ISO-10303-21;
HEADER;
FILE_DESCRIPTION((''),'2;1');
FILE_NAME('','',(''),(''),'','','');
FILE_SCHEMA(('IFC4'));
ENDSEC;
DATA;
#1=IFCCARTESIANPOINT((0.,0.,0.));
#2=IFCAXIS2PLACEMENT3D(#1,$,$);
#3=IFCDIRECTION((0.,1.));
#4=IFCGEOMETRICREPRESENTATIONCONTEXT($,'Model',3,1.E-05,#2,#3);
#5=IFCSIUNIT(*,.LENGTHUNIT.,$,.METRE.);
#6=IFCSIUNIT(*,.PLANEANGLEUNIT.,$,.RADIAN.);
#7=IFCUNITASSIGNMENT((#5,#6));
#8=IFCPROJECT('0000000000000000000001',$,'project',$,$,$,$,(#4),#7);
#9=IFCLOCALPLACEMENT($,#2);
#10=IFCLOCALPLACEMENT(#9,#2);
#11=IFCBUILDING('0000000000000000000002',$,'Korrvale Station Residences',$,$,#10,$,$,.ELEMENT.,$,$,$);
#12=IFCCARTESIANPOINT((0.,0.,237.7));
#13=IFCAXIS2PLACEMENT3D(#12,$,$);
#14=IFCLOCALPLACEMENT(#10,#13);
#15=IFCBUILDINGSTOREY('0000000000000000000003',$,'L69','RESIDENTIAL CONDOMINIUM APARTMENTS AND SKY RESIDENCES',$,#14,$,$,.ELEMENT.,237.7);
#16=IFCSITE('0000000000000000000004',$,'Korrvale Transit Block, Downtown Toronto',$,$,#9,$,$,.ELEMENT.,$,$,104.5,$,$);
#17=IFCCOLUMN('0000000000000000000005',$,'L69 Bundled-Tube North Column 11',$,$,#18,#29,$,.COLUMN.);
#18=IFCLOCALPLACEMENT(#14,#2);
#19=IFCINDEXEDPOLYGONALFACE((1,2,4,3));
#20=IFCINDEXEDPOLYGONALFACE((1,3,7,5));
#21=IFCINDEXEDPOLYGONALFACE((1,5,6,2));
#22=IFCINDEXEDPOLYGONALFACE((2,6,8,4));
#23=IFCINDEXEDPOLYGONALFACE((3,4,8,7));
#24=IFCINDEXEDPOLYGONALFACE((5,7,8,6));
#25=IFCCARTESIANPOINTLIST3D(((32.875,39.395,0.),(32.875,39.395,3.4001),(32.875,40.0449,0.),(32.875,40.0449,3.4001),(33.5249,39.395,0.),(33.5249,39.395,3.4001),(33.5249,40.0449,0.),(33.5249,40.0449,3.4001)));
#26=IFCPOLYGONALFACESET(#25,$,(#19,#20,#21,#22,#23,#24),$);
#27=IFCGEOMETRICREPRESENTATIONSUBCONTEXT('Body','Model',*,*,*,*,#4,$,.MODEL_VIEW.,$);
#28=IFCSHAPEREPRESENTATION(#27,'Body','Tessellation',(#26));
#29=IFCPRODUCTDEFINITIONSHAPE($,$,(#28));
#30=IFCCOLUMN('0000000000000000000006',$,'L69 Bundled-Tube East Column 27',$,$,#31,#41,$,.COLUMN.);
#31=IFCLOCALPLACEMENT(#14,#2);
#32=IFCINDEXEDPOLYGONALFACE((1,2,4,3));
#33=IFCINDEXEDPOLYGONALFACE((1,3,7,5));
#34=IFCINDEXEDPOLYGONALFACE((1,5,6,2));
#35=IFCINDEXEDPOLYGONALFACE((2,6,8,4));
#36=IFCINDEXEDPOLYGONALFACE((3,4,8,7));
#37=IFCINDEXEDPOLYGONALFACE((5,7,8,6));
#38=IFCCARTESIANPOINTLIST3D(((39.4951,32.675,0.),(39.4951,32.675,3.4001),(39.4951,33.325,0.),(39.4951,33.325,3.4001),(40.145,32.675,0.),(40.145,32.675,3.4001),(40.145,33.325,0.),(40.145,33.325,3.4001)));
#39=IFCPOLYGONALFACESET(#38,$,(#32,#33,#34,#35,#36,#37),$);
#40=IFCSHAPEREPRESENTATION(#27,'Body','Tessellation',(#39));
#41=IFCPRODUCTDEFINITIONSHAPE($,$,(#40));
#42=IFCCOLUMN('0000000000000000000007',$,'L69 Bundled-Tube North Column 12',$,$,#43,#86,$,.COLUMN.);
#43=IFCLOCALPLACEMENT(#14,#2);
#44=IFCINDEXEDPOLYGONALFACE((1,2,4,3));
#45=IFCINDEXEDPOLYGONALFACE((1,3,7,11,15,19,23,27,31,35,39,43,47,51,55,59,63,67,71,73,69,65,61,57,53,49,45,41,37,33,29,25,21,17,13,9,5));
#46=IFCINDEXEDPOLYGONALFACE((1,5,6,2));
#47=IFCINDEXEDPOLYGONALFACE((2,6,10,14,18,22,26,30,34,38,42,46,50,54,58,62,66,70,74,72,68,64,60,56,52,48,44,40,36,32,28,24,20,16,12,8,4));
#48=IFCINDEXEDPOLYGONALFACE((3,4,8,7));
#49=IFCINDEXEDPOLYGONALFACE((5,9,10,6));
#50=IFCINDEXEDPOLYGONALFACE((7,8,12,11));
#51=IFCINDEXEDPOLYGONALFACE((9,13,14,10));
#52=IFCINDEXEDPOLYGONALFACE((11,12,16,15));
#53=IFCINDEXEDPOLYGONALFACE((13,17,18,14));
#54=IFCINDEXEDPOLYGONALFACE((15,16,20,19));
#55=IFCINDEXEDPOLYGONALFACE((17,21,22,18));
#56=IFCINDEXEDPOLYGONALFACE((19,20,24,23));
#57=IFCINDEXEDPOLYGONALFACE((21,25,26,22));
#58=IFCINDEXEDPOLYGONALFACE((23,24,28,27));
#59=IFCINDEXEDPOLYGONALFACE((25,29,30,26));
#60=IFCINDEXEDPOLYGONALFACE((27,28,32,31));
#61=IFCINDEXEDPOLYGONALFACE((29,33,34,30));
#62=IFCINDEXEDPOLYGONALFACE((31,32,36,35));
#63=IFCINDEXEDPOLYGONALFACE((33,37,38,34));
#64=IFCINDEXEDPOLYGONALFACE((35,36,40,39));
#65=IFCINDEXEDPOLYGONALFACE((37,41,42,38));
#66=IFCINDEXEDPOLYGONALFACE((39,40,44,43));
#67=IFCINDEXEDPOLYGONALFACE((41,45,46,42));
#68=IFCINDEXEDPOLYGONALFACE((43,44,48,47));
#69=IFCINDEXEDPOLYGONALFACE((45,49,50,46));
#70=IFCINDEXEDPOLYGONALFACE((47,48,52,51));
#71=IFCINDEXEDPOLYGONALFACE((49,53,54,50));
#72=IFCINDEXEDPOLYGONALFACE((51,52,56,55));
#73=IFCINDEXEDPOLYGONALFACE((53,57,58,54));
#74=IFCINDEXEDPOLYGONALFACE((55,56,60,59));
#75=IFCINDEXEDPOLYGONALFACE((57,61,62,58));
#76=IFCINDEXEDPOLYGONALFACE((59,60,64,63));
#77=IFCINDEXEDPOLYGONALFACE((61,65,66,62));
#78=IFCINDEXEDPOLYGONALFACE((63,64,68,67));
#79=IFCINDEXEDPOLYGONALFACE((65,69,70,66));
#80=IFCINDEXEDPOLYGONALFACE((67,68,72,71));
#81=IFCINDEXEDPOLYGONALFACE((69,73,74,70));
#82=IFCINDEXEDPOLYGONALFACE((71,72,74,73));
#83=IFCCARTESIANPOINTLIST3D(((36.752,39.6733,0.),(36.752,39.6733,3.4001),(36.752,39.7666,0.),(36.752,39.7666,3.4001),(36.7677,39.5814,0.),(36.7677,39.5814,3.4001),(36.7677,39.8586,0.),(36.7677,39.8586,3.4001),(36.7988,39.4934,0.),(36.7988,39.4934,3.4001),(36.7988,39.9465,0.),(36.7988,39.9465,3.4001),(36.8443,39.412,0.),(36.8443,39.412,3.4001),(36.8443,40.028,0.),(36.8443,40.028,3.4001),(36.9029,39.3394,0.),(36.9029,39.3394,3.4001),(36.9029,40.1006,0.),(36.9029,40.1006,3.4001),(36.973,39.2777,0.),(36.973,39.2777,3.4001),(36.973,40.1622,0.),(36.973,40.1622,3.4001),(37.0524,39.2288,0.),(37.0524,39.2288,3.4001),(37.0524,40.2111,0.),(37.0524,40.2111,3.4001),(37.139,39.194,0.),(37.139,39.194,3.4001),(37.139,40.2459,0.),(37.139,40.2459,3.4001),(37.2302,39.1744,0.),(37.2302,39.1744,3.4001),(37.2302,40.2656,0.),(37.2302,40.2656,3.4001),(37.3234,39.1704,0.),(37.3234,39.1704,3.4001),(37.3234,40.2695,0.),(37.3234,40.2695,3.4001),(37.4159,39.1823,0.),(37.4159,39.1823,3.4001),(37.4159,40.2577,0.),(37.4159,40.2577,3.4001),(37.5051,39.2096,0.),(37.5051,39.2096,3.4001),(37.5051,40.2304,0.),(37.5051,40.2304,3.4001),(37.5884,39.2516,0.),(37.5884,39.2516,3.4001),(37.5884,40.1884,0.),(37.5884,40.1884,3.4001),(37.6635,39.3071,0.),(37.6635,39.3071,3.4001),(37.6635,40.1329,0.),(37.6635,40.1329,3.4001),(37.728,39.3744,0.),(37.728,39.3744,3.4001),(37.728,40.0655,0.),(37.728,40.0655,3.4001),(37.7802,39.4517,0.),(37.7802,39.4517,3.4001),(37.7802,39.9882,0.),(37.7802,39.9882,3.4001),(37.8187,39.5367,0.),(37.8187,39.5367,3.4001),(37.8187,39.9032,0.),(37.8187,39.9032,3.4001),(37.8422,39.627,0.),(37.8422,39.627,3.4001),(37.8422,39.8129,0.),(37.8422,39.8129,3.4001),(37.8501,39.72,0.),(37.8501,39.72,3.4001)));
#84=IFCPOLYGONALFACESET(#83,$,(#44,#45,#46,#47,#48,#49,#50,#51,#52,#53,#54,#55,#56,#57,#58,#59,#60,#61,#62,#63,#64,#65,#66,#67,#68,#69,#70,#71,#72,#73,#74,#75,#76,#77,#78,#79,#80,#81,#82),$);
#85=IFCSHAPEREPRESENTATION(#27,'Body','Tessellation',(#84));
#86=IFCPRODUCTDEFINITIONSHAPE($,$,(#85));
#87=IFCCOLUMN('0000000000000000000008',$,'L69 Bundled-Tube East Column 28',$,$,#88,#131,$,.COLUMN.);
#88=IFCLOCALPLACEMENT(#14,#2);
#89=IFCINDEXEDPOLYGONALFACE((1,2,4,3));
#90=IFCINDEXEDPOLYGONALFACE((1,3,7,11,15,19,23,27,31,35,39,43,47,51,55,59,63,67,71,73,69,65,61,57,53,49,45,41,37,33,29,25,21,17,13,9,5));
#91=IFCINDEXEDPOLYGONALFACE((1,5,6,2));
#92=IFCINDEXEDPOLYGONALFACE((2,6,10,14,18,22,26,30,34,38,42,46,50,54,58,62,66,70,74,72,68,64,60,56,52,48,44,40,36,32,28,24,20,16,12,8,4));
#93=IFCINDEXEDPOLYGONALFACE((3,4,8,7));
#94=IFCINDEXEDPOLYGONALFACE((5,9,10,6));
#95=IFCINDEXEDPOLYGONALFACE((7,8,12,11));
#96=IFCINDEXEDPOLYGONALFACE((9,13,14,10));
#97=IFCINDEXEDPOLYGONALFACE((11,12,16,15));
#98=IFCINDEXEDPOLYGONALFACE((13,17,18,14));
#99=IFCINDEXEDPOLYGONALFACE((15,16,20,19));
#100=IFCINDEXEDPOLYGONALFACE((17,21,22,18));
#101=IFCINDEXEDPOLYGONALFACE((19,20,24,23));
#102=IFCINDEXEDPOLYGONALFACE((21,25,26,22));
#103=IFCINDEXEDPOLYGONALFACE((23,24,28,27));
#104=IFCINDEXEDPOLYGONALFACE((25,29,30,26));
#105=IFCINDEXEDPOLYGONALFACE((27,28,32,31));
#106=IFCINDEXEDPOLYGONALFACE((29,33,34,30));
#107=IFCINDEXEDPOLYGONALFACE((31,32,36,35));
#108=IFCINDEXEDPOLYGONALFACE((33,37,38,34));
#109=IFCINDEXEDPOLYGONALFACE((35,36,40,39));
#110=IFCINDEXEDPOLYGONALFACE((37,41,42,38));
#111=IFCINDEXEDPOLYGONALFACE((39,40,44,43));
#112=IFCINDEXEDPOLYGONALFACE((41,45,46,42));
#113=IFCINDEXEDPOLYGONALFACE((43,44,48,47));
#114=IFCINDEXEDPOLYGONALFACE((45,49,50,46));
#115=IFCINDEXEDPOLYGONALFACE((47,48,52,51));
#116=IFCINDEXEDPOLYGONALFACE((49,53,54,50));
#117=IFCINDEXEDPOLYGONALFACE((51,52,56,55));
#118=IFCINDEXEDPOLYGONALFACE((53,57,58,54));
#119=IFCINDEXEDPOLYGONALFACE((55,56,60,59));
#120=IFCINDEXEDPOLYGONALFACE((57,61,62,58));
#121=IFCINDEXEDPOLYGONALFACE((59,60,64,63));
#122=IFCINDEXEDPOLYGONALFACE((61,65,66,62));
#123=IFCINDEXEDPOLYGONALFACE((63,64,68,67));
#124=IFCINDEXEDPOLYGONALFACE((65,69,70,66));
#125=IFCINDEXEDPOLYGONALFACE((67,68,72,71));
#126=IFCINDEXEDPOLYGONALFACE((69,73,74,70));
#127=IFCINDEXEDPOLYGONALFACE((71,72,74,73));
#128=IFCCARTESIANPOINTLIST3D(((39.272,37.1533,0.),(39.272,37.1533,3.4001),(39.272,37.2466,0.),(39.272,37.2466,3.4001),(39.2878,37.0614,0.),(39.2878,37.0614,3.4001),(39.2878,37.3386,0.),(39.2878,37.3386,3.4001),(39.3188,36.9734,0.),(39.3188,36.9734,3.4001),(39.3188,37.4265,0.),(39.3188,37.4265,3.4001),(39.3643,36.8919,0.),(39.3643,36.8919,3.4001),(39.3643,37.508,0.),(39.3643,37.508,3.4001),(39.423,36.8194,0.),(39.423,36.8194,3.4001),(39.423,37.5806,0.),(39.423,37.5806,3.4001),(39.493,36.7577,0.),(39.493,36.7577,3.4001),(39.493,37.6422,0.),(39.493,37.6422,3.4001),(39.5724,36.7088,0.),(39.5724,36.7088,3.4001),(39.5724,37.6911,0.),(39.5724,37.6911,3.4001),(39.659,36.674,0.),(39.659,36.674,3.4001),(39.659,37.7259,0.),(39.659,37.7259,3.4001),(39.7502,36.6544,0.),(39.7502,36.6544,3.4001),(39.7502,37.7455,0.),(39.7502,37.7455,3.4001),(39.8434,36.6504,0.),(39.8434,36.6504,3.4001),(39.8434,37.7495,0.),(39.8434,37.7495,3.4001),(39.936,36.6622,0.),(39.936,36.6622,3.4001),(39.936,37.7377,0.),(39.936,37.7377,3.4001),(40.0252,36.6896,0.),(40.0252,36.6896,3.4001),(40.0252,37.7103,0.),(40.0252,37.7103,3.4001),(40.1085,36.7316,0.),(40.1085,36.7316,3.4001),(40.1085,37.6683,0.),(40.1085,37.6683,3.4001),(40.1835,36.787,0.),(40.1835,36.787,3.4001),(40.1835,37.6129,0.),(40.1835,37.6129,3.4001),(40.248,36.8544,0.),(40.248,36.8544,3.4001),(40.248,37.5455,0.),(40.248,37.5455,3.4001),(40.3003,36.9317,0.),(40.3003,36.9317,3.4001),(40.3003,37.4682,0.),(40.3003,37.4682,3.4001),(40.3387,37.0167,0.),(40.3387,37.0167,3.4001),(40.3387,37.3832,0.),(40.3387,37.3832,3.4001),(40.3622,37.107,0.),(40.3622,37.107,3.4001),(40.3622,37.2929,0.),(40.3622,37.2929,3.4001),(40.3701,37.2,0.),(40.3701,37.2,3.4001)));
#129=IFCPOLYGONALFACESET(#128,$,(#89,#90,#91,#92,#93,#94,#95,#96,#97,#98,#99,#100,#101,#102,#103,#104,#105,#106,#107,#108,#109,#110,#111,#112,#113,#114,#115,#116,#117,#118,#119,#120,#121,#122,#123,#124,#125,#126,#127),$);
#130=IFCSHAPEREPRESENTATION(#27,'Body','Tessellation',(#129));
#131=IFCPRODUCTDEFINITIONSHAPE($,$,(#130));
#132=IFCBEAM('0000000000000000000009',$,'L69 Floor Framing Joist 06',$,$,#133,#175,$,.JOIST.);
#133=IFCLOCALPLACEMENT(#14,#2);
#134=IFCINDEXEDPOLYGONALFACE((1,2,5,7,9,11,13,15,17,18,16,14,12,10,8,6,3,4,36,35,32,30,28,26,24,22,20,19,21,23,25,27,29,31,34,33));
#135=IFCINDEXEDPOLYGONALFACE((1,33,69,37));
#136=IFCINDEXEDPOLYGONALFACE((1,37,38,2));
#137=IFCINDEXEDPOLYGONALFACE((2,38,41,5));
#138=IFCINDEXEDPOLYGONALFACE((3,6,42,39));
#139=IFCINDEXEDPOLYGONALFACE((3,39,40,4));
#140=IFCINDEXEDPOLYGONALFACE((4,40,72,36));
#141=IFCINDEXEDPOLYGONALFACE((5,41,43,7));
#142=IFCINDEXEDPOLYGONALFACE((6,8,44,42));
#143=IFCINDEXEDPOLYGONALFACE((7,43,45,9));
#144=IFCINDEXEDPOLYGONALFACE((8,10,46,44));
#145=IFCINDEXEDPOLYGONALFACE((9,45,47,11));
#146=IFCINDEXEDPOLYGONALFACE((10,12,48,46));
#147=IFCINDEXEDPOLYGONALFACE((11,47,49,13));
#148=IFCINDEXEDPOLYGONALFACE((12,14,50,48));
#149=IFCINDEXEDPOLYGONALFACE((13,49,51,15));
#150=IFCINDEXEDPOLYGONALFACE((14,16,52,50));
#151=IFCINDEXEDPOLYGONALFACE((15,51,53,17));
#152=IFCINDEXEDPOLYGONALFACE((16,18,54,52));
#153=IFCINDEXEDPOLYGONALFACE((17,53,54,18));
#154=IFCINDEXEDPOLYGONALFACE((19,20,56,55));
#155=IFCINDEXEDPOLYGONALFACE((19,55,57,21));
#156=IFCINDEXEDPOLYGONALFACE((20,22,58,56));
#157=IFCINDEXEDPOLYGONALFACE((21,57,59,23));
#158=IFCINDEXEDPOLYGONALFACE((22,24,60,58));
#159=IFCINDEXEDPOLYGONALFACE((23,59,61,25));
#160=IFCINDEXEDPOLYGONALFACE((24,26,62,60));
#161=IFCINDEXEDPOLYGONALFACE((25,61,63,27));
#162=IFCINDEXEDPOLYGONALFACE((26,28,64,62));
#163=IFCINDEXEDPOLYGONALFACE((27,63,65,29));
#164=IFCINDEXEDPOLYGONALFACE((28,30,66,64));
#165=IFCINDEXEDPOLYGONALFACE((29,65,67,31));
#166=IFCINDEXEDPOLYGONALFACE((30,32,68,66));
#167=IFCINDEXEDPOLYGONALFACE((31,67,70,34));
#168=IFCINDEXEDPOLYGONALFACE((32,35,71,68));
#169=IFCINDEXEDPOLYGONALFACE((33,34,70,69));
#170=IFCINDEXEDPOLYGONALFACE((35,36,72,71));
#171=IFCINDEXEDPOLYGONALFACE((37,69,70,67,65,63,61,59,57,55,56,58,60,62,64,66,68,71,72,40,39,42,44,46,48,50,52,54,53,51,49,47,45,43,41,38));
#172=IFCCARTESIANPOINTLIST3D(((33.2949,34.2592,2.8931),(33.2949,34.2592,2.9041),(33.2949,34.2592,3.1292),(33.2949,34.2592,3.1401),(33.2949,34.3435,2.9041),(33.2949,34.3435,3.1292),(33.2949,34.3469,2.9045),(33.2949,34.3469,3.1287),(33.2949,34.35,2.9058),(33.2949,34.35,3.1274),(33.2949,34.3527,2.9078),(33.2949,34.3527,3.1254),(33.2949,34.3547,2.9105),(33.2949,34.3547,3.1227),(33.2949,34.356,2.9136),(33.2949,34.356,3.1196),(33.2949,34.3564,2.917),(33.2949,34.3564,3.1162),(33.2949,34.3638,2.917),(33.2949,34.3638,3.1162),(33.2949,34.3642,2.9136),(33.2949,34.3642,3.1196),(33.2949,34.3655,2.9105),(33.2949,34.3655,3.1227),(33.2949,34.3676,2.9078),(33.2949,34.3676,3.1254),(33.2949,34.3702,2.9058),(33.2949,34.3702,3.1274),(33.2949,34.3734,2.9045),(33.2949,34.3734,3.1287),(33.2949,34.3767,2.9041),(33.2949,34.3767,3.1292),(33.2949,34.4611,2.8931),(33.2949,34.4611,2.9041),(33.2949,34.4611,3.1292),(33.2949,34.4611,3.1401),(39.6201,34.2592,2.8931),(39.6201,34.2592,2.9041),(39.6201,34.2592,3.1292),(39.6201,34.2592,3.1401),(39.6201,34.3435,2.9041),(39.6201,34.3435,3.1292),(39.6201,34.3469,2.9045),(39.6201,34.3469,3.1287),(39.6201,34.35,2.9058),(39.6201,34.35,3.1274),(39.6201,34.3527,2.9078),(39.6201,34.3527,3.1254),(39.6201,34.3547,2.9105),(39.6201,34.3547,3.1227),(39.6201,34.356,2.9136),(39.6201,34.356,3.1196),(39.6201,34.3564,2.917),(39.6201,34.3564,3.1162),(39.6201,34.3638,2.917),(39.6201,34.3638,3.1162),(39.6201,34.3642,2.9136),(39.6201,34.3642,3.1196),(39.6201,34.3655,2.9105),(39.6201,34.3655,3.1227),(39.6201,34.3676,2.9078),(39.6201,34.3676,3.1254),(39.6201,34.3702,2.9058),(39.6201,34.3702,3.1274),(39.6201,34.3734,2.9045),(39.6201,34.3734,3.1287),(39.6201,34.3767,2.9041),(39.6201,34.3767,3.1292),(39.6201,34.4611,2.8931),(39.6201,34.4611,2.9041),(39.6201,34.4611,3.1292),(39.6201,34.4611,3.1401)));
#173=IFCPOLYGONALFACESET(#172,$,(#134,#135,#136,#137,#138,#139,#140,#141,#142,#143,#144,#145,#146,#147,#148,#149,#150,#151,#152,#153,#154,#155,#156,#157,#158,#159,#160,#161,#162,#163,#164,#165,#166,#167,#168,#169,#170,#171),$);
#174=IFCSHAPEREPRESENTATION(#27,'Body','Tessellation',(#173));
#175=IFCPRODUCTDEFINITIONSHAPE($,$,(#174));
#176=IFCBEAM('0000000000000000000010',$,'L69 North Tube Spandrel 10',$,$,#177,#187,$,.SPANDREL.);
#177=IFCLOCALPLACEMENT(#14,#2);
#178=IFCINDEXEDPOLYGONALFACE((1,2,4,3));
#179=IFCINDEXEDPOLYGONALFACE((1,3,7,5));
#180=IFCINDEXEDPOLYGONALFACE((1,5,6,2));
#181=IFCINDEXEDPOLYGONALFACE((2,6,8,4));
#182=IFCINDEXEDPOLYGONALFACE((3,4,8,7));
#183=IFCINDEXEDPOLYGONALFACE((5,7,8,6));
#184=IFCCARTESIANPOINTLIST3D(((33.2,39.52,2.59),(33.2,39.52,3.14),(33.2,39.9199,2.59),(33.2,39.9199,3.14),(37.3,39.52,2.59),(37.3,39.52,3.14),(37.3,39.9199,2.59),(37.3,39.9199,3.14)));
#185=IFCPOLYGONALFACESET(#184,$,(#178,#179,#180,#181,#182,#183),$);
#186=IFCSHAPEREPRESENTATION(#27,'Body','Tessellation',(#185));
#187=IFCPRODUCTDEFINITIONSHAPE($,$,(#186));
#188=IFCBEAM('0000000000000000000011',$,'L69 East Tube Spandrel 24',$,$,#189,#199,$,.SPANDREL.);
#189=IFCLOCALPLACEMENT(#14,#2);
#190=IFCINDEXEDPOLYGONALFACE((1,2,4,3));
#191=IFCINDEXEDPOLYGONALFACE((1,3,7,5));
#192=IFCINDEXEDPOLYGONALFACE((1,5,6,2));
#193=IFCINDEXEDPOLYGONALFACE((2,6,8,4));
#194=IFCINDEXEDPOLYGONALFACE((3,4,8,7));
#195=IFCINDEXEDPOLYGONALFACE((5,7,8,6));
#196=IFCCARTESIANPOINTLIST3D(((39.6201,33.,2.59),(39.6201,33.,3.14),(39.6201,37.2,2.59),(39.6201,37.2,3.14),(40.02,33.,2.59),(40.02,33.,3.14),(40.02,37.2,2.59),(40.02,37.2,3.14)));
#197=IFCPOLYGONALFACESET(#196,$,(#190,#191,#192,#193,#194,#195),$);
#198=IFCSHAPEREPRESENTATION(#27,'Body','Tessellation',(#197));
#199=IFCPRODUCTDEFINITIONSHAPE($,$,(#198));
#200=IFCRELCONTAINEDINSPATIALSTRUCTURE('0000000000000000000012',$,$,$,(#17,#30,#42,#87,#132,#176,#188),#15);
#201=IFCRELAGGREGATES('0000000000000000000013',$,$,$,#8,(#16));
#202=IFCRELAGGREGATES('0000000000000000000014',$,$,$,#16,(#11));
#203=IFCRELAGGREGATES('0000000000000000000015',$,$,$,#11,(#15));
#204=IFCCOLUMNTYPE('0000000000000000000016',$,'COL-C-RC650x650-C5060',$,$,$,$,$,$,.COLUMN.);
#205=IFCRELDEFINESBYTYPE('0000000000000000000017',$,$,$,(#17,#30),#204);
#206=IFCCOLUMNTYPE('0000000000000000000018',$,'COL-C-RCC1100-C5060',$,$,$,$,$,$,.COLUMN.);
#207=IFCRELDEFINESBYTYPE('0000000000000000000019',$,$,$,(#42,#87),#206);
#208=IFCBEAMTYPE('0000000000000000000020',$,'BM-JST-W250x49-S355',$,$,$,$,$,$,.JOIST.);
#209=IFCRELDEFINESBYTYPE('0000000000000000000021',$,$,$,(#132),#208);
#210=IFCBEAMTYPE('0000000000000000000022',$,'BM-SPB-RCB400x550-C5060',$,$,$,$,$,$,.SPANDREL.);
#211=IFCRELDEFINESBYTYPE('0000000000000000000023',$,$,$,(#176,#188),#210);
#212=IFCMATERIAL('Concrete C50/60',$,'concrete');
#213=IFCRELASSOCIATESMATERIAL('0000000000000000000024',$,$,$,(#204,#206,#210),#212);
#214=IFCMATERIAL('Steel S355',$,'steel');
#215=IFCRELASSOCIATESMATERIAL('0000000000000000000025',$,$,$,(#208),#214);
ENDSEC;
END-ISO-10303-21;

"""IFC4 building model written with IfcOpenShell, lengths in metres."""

from ifc_helpers import new_model, si_unit, direction, frame, origin, origin_2d, place, context, subcontext, project, spatial, rectangle, circle, i_section, extrude, material, material_profile, profile_set, type_object, element, save


model = new_model("IFC4")

# Units and contexts
model_context = context("Model", 3, precision=1e-05, world=origin(), true_north=direction((0.0, 1.0)))
body_context = subcontext(model_context, "Body", "Model", "MODEL_VIEW")
ifc_project = project(units=[si_unit("LENGTHUNIT", "METRE"), si_unit("PLANEANGLEUNIT", "RADIAN")], contexts=[model_context])

# Site, building, storey
site_placement = place(None, origin())
site = spatial("IfcSite", under=ifc_project, at=site_placement, Name="Korrvale Transit Block, Downtown Toronto", CompositionType="ELEMENT", RefElevation=104.5)
building_placement = place(site_placement, origin())
building = spatial("IfcBuilding", under=site, at=building_placement, Name="Korrvale Station Residences", CompositionType="ELEMENT")
storey_placement = place(building_placement, frame((0.0, 0.0, 237.7)))
storey = spatial("IfcBuildingStorey", under=building, at=storey_placement, Name="L69", Description="RESIDENTIAL CONDOMINIUM APARTMENTS AND SKY RESIDENCES", CompositionType="ELEMENT", Elevation=237.7)

# Columns
ifc_material_1 = material(Name="Concrete C50/60", Category="concrete")
ifc_material_profile_1 = material_profile(ifc_material_1, rectangle(XDim=0.6499, YDim=0.6499, at=origin_2d()), Name="RC650x650")
ifc_profile_set_1 = profile_set([ifc_material_profile_1], Name="Concrete C50/60")
column_type_1 = type_object("IfcColumnType", Name="COL-C-RC650x650-C5060", PredefinedType="COLUMN", material=ifc_profile_set_1)
for number, where, z_axis, x_axis, name in (
    (1, (33.2, 39.72, 0.0), (0.0, 0.0, 1.0), (1.0, 0.0, 0.0), "L69 Bundled-Tube North Column 11"),
    (2, (39.8201, 33.0, 0.0), (0.0, 0.0, 1.0), (1.0, 0.0, 0.0), "L69 Bundled-Tube East Column 27"),
):
    element("IfcColumn", number, at=place(storey_placement, frame(where, z_axis=z_axis, x_axis=x_axis)), inside=storey, type_object=column_type_1, Name=name, PredefinedType="COLUMN", context=body_context, shape_type="SweptSolid", body=[
        extrude(rectangle(XDim=0.6499, YDim=0.6499, at=origin_2d()), origin(), (0.0, 0.0, 1.0), 3.4001),
    ])
ifc_material_profile_2 = material_profile(ifc_material_1, circle(Radius=0.55, at=origin_2d()), Name="RCC1100")
ifc_profile_set_2 = profile_set([ifc_material_profile_2], Name="Concrete C50/60")
column_type_2 = type_object("IfcColumnType", Name="COL-C-RCC1100-C5060", PredefinedType="COLUMN", material=ifc_profile_set_2)
for number, where, z_axis, x_axis, name in (
    (3, (37.3, 39.72, 0.0), (0.0, 0.0, 1.0), (1.0, 0.0, 0.0), "L69 Bundled-Tube North Column 12"),
    (4, (39.8201, 37.2, 0.0), (0.0, 0.0, 1.0), (1.0, 0.0, 0.0), "L69 Bundled-Tube East Column 28"),
):
    element("IfcColumn", number, at=place(storey_placement, frame(where, z_axis=z_axis, x_axis=x_axis)), inside=storey, type_object=column_type_2, Name=name, PredefinedType="COLUMN", context=body_context, shape_type="SweptSolid", body=[
        extrude(circle(Radius=0.55, at=origin_2d()), origin(), (0.0, 0.0, 1.0), 3.4001),
    ])

# Beams
ifc_material_2 = material(Name="Steel S355", Category="steel")
ifc_material_profile_3 = material_profile(ifc_material_2, i_section(OverallWidth=0.2019, OverallDepth=0.2471, WebThickness=0.0073, FlangeThickness=0.011, FilletRadius=0.0129, at=origin_2d()), Name="W250x49")
ifc_profile_set_3 = profile_set([ifc_material_profile_3], Name="Steel S355")
beam_type_1 = type_object("IfcBeamType", Name="BM-JST-W250x49-S355", PredefinedType="JOIST", material=ifc_profile_set_3)
beam_1_placement = place(storey_placement, frame((33.2949, 34.3601, 3.0166), z_axis=(1.0, 0.0, 0.0), x_axis=(0.0, 1.0, 0.0)))
element("IfcBeam", 5, at=beam_1_placement, inside=storey, type_object=beam_type_1, Name="L69 Floor Framing Joist 06", PredefinedType="JOIST", context=body_context, shape_type="SweptSolid", body=[
    extrude(i_section(OverallWidth=0.2019, OverallDepth=0.2471, WebThickness=0.0073, FlangeThickness=0.011, FilletRadius=0.0129, at=origin_2d()), origin(), (0.0, 0.0, 1.0), 6.3252),
])
ifc_material_profile_4 = material_profile(ifc_material_1, rectangle(XDim=0.3999, YDim=0.55, at=origin_2d()), Name="RCB400x550")
ifc_profile_set_4 = profile_set([ifc_material_profile_4], Name="Concrete C50/60")
beam_type_2 = type_object("IfcBeamType", Name="BM-SPB-RCB400x550-C5060", PredefinedType="SPANDREL", material=ifc_profile_set_4)
beam_2_placement = place(storey_placement, frame((33.2, 39.72, 2.865), z_axis=(1.0, 0.0, 0.0), x_axis=(0.0, 1.0, 0.0)))
element("IfcBeam", 6, at=beam_2_placement, inside=storey, type_object=beam_type_2, Name="L69 North Tube Spandrel 10", PredefinedType="SPANDREL", context=body_context, shape_type="SweptSolid", body=[
    extrude(rectangle(XDim=0.3999, YDim=0.55, at=origin_2d()), origin(), (0.0, 0.0, 1.0), 4.1001),
])
beam_3_placement = place(storey_placement, frame((39.8201, 33.0, 2.865), z_axis=(0.0, 1.0, 0.0), x_axis=(-1.0, 0.0, 0.0)))
element("IfcBeam", 7, at=beam_3_placement, inside=storey, type_object=beam_type_2, Name="L69 East Tube Spandrel 24", PredefinedType="SPANDREL", context=body_context, shape_type="SweptSolid", body=[
    extrude(rectangle(XDim=0.3999, YDim=0.55, at=origin_2d()), origin(), (0.0, 0.0, 1.0), 4.2),
])

save(model, "model.ifc")
